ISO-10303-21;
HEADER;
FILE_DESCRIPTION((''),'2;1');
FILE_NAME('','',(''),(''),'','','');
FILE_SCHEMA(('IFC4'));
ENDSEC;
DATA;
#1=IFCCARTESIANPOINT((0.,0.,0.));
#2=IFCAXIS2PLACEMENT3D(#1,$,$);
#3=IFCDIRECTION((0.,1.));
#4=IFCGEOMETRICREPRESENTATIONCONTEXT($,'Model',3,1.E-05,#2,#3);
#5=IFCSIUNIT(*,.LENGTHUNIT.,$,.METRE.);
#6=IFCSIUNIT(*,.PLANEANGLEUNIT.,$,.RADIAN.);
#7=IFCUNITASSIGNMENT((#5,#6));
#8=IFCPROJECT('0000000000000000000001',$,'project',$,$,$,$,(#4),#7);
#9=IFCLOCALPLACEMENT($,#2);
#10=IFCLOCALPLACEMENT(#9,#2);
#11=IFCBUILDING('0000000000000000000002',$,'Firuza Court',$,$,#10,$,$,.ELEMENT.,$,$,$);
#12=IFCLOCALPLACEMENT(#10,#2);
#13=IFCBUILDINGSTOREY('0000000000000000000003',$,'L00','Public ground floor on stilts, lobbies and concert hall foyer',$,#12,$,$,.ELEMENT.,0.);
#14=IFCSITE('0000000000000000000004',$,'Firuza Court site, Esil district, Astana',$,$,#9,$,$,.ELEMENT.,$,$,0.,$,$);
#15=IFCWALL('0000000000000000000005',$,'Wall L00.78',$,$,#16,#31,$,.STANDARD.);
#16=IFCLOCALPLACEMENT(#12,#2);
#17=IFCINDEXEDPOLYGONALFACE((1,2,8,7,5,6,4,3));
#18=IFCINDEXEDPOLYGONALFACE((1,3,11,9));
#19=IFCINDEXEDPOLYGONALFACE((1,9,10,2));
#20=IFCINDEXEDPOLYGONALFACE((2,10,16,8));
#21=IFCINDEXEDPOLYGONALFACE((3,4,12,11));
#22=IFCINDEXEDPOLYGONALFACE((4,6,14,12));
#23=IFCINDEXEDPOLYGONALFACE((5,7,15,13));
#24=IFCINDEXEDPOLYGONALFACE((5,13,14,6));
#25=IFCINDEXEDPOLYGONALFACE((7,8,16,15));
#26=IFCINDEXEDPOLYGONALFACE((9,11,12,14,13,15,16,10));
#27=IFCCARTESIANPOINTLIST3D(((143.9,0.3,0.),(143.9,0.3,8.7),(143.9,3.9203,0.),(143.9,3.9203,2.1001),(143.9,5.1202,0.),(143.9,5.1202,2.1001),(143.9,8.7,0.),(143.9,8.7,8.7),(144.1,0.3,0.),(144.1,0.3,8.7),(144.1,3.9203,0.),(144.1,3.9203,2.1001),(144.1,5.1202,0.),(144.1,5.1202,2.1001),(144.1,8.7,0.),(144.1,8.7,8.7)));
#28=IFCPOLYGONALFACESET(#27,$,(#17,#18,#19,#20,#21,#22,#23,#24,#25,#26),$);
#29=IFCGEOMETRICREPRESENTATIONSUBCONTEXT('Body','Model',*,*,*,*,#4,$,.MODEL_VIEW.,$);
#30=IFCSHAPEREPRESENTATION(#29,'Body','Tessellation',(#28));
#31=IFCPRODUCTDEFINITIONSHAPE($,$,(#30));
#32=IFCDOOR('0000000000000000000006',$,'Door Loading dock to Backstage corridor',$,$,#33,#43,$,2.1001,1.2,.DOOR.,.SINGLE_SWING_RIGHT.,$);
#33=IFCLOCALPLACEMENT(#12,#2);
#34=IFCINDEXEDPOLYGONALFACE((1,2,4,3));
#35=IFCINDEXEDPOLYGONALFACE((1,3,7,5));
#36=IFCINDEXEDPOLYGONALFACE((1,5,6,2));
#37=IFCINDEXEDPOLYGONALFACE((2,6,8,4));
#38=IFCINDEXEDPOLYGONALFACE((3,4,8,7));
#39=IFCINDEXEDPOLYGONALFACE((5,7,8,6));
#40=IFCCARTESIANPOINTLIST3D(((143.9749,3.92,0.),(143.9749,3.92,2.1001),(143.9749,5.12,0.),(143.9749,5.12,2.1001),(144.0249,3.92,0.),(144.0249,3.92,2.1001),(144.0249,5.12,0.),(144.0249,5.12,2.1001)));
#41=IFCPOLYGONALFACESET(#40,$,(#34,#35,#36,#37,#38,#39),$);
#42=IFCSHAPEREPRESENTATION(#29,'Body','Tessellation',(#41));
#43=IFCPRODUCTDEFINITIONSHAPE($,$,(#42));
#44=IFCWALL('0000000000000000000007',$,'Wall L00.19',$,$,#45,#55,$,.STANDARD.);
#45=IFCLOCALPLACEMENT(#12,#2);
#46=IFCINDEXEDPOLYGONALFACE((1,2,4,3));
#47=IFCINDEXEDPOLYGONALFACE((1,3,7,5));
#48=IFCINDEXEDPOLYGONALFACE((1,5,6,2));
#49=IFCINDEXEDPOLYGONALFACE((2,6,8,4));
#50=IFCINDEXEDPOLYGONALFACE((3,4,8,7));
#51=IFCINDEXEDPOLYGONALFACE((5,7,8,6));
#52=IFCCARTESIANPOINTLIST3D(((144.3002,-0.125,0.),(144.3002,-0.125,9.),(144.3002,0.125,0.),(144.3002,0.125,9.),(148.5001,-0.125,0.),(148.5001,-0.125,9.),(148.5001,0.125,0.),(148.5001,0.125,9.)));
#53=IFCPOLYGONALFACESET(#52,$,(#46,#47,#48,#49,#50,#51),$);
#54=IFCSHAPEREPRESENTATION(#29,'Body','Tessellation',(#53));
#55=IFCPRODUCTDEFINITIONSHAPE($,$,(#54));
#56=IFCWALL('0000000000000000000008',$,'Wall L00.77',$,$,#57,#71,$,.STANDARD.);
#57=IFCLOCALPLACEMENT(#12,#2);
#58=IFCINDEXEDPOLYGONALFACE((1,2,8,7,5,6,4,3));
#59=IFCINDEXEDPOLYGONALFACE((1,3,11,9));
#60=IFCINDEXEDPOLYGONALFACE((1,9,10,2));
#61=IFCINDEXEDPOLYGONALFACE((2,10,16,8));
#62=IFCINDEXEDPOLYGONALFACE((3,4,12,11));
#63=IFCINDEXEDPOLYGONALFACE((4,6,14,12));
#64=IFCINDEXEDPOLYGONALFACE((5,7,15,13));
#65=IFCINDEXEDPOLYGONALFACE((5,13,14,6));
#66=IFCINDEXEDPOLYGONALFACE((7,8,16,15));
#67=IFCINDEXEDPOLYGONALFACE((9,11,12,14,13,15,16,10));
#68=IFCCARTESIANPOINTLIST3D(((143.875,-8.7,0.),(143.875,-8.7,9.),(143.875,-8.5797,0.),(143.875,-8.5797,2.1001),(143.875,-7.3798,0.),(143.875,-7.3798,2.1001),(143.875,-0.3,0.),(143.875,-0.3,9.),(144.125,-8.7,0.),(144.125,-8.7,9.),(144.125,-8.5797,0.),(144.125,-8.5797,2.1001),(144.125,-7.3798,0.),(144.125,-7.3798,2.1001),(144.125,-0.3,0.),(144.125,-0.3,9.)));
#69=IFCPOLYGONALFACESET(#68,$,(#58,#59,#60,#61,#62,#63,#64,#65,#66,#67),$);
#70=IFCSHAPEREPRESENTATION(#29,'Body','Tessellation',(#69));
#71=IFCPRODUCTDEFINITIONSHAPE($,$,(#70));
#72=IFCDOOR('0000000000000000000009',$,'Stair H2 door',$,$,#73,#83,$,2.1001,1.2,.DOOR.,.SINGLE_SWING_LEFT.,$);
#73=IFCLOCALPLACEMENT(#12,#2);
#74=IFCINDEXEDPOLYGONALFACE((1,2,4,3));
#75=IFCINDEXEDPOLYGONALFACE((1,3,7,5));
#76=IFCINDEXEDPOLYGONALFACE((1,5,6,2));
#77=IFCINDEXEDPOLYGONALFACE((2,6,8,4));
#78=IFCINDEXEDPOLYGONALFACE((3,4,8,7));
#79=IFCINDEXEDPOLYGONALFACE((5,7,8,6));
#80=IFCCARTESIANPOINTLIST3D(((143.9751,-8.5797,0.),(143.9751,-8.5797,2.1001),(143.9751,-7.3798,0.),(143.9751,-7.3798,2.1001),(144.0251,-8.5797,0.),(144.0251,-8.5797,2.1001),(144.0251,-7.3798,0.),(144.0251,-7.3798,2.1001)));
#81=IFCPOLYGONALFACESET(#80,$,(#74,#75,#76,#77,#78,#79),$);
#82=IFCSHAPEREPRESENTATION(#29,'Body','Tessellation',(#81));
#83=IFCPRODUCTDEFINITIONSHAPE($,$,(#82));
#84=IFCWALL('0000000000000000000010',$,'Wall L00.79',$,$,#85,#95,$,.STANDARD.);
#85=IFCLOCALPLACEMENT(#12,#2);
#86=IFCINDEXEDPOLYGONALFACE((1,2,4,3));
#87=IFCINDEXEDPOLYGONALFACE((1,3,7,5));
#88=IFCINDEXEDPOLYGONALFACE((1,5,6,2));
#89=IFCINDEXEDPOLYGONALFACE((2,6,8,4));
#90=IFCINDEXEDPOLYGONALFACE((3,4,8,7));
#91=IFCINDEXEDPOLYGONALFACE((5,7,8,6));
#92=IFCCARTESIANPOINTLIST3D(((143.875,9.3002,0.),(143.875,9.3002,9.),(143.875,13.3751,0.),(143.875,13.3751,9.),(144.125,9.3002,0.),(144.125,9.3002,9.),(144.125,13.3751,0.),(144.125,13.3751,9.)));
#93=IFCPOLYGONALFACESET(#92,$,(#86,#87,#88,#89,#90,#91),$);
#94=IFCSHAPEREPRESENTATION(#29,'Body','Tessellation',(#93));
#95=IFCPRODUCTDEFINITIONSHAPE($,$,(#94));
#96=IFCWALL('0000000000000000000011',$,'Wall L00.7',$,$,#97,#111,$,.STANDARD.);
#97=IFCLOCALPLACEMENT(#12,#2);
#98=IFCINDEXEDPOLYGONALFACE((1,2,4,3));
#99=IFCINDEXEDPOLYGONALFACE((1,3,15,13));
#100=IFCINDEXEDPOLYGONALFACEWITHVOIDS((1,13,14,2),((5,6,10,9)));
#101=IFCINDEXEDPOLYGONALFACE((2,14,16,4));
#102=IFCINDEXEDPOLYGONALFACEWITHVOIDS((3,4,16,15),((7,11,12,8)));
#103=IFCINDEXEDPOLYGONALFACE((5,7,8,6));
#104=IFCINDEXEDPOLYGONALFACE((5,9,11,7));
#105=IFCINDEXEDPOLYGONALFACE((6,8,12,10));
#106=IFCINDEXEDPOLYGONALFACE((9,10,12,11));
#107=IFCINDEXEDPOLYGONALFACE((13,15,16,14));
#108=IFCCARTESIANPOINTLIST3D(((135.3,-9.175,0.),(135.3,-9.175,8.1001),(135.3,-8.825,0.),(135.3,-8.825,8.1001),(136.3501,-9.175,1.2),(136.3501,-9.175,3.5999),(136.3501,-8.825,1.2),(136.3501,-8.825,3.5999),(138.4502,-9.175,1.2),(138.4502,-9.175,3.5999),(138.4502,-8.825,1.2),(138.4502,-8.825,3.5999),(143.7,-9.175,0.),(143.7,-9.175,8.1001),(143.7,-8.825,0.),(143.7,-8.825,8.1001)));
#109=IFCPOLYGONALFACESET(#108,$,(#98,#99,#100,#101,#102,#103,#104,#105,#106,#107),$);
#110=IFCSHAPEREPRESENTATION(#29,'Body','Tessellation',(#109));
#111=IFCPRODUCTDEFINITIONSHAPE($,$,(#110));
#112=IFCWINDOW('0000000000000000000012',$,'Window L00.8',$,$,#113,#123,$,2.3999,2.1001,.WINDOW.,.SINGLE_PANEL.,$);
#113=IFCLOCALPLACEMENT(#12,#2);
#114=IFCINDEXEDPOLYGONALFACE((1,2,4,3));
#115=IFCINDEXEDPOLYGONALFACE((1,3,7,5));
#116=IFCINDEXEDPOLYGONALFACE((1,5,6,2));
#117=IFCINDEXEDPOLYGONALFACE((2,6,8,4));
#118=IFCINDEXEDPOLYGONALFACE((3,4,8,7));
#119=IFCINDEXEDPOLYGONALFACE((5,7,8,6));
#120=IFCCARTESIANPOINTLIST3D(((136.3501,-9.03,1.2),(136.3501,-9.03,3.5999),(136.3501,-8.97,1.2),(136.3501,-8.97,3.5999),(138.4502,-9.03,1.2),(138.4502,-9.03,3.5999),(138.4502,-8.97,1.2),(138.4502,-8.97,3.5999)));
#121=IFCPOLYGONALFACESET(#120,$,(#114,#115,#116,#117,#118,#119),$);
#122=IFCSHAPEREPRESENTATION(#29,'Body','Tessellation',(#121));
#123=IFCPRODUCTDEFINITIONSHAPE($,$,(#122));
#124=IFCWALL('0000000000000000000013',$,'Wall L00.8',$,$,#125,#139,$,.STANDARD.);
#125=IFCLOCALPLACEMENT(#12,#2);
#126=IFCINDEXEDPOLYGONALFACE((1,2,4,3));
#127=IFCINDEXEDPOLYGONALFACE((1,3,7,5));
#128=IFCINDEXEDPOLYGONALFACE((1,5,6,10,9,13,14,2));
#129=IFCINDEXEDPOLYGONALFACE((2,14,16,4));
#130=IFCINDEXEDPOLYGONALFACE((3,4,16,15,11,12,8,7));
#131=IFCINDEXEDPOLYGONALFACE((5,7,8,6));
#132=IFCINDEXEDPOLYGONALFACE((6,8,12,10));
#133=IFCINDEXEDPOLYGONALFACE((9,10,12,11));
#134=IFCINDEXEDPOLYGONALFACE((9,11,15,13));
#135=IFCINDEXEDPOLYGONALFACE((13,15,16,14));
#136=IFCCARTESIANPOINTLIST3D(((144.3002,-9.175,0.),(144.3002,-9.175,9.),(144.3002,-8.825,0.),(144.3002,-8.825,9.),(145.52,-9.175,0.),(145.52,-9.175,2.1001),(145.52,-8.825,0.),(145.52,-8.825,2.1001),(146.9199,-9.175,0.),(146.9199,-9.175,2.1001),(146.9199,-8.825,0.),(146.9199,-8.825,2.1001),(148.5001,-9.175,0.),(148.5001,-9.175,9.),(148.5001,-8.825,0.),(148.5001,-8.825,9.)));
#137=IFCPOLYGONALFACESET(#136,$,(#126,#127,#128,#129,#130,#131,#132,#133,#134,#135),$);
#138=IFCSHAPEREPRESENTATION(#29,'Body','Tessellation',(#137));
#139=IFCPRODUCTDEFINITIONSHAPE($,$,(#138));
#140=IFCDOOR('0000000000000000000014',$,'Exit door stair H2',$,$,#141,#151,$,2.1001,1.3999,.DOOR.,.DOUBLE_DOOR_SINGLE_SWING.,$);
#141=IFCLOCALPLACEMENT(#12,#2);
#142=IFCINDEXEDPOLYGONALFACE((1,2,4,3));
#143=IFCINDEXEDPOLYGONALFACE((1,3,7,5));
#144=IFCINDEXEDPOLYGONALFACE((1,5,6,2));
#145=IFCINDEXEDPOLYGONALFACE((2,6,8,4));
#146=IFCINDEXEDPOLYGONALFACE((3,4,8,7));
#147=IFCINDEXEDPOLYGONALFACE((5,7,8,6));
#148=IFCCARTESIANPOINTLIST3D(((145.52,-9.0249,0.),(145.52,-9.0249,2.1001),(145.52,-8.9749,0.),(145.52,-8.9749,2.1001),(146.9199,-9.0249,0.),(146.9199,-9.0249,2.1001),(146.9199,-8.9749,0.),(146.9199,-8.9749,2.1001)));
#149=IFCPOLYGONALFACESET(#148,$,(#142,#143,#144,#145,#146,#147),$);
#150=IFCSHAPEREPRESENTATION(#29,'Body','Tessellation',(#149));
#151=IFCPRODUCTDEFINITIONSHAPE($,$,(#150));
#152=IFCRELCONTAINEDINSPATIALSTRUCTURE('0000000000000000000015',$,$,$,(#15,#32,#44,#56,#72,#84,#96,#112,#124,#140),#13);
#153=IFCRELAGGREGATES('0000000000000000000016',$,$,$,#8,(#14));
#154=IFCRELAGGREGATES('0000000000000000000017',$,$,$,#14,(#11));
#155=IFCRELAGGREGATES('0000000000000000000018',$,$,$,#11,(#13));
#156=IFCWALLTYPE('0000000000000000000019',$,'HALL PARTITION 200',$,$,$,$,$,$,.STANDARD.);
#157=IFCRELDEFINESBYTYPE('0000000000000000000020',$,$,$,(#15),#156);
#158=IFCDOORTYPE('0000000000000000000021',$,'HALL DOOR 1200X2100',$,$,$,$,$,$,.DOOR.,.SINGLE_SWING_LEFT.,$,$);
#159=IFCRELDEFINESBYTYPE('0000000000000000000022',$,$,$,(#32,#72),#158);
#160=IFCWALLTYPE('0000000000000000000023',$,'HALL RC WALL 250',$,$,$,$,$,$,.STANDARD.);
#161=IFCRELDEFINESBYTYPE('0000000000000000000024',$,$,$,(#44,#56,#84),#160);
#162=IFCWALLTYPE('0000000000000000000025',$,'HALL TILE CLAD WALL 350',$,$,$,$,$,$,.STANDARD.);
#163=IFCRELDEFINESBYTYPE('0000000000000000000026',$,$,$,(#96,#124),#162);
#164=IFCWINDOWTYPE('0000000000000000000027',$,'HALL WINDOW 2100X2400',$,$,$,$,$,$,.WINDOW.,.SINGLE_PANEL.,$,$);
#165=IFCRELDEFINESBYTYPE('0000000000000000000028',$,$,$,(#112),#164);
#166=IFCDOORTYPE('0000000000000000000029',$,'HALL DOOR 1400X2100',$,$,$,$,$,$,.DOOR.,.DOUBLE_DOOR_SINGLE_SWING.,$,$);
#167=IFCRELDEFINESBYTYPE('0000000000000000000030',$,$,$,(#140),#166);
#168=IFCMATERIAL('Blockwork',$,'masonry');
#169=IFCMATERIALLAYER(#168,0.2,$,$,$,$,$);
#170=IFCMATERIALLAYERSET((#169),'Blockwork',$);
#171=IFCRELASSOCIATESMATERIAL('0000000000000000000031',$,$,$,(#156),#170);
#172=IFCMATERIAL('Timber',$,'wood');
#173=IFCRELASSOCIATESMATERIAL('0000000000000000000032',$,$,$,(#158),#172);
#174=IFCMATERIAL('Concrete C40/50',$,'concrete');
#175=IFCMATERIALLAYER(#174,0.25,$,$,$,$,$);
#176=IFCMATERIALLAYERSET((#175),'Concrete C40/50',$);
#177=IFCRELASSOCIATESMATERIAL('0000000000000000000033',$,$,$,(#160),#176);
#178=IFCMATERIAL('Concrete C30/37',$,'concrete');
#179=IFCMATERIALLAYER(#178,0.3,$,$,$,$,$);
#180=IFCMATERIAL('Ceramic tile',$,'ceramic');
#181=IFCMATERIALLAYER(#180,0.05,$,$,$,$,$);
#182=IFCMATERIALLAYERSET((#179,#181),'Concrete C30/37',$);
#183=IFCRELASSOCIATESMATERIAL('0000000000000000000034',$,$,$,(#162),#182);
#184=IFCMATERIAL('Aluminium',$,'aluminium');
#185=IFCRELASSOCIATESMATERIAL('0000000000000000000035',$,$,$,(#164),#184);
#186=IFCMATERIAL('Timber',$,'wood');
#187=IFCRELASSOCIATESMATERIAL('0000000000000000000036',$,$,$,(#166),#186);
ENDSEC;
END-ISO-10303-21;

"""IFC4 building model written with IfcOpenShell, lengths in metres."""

from ifc_helpers import new_model, si_unit, direction, frame, frame_2d, origin, place, context, subcontext, project, spatial, rectangle, extrude, material, layer, layer_set, type_object, element, fill, save


model = new_model("IFC4")

# Units and contexts
model_context = context("Model", 3, precision=1e-05, world=origin(), true_north=direction((0.0, 1.0)))
body_context = subcontext(model_context, "Body", "Model", "MODEL_VIEW")
ifc_project = project(units=[si_unit("LENGTHUNIT", "METRE"), si_unit("PLANEANGLEUNIT", "RADIAN")], contexts=[model_context])

# Site, building, storey
site_placement = place(None, origin())
site = spatial("IfcSite", under=ifc_project, at=site_placement, Name="Firuza Court site, Esil district, Astana", CompositionType="ELEMENT", RefElevation=0.0)
building_placement = place(site_placement, origin())
building = spatial("IfcBuilding", under=site, at=building_placement, Name="Firuza Court", CompositionType="ELEMENT")
storey_placement = place(building_placement, origin())
storey = spatial("IfcBuildingStorey", under=building, at=storey_placement, Name="L00", Description="Public ground floor on stilts, lobbies and concert hall foyer", CompositionType="ELEMENT", Elevation=0.0)

# Shared definitions
ifc_material_1 = material(Name="Blockwork", Category="masonry")
ifc_layer_1 = layer(ifc_material_1, 0.2)
ifc_layer_set_1 = layer_set([ifc_layer_1], Name="Blockwork")
wall_type_1 = type_object("IfcWallType", Name="HALL PARTITION 200", PredefinedType="STANDARD", material=ifc_layer_set_1)

# Wall, opening, door
wall_1_placement = place(storey_placement, frame((144.0, 0.3, 0.0), z_axis=(0.0, 0.0, 1.0), x_axis=(0.0, 1.0, 0.0)))
wall_1 = element("IfcWall", 1, at=wall_1_placement, inside=storey, type_object=wall_type_1, Name="Wall L00.78", PredefinedType="STANDARD", context=body_context, shape_type="SweptSolid", body=[
    extrude(rectangle(XDim=8.3999, YDim=0.2, at=frame_2d((4.2, 0.0))), origin(), (0.0, 0.0, 1.0), 8.7),
])
opening_1_placement = place(wall_1_placement, frame((3.6201, 0.0, 0.0)))
opening_1 = element("IfcOpeningElement", 2, at=opening_1_placement, cuts=wall_1, PredefinedType="OPENING", context=body_context, shape_type="SweptSolid", body=[
    extrude(rectangle(XDim=1.2, YDim=2.1001, at=frame_2d((0.6001, 1.05))), frame((0.0, 0.1118, 0.0), z_axis=(0.0, -1.0, 0.0), x_axis=(1.0, 0.0, 0.0)), (0.0, 0.0, 1.0), 0.2239),
])
ifc_material_2 = material(Name="Timber", Category="wood")
door_type_1 = type_object("IfcDoorType", Name="HALL DOOR 1200X2100", OperationType="SINGLE_SWING_LEFT", PredefinedType="DOOR", material=ifc_material_2)
door_1_placement = place(opening_1_placement, frame((1.2, 0.0, 0.0), z_axis=(0.0, 0.0, 1.0), x_axis=(-1.0, 0.0, 0.0)))
door_1 = element("IfcDoor", 3, at=door_1_placement, inside=storey, type_object=door_type_1, Name="Door Loading dock to Backstage corridor", OperationType="SINGLE_SWING_RIGHT", OverallHeight=2.1001, OverallWidth=1.2, PredefinedType="DOOR", context=body_context, shape_type="SweptSolid", body=[
    extrude(rectangle(XDim=1.2, YDim=2.1001, at=frame_2d((0.6001, 1.05))), frame((0.0, 0.0249, 0.0), z_axis=(0.0, -1.0, 0.0), x_axis=(1.0, 0.0, 0.0)), (0.0, 0.0, 1.0), 0.05),
])
fill(opening_1, door_1)

# Wall
ifc_material_3 = material(Name="Concrete C40/50", Category="concrete")
ifc_layer_2 = layer(ifc_material_3, 0.25)
ifc_layer_set_2 = layer_set([ifc_layer_2], Name="Concrete C40/50")
wall_type_2 = type_object("IfcWallType", Name="HALL RC WALL 250", PredefinedType="STANDARD", material=ifc_layer_set_2)
wall_2_placement = place(storey_placement, frame((144.3, 0.0, 0.0), z_axis=(0.0, 0.0, 1.0), x_axis=(1.0, 0.0, 0.0)))
element("IfcWall", 4, at=wall_2_placement, inside=storey, type_object=wall_type_2, Name="Wall L00.19", PredefinedType="STANDARD", context=body_context, shape_type="SweptSolid", body=[
    extrude(rectangle(XDim=4.2, YDim=0.25, at=frame_2d((2.1001, 0.0))), origin(), (0.0, 0.0, 1.0), 9.0),
])

# Wall, opening, door
wall_3_placement = place(storey_placement, frame((144.0, -8.7, 0.0), z_axis=(0.0, 0.0, 1.0), x_axis=(0.0, 1.0, 0.0)))
wall_3 = element("IfcWall", 5, at=wall_3_placement, inside=storey, type_object=wall_type_2, Name="Wall L00.77", PredefinedType="STANDARD", context=body_context, shape_type="SweptSolid", body=[
    extrude(rectangle(XDim=8.3999, YDim=0.25, at=frame_2d((4.2, 0.0))), origin(), (0.0, 0.0, 1.0), 9.0),
])
opening_2_placement = place(wall_3_placement, frame((0.1201, 0.0, 0.0)))
opening_2 = element("IfcOpeningElement", 6, at=opening_2_placement, cuts=wall_3, PredefinedType="OPENING", context=body_context, shape_type="SweptSolid", body=[
    extrude(rectangle(XDim=1.2, YDim=2.1001, at=frame_2d((0.6001, 1.05))), frame((0.0, 0.137, 0.0), z_axis=(0.0, -1.0, 0.0), x_axis=(1.0, 0.0, 0.0)), (0.0, 0.0, 1.0), 0.2739),
])
door_2_placement = place(opening_2_placement, origin())
door_2 = element("IfcDoor", 7, at=door_2_placement, inside=storey, type_object=door_type_1, Name="Stair H2 door", OperationType="SINGLE_SWING_LEFT", OverallHeight=2.1001, OverallWidth=1.2, PredefinedType="DOOR", context=body_context, shape_type="SweptSolid", body=[
    extrude(rectangle(XDim=1.2, YDim=2.1001, at=frame_2d((0.6001, 1.05))), frame((0.0, 0.0249, 0.0), z_axis=(0.0, -1.0, 0.0), x_axis=(1.0, 0.0, 0.0)), (0.0, 0.0, 1.0), 0.05),
])
fill(opening_2, door_2)

# Wall
wall_4_placement = place(storey_placement, frame((144.0, 9.3, 0.0), z_axis=(0.0, 0.0, 1.0), x_axis=(0.0, 1.0, 0.0)))
element("IfcWall", 8, at=wall_4_placement, inside=storey, type_object=wall_type_2, Name="Wall L00.79", PredefinedType="STANDARD", context=body_context, shape_type="SweptSolid", body=[
    extrude(rectangle(XDim=4.075, YDim=0.25, at=frame_2d((2.0376, 0.0))), origin(), (0.0, 0.0, 1.0), 9.0),
])

# Wall, opening, window
ifc_material_4 = material(Name="Concrete C30/37", Category="concrete")
ifc_layer_3 = layer(ifc_material_4, 0.3)
ifc_material_5 = material(Name="Ceramic tile", Category="ceramic")
ifc_layer_4 = layer(ifc_material_5, 0.05)
ifc_layer_set_3 = layer_set([ifc_layer_3, ifc_layer_4], Name="Concrete C30/37")
wall_type_3 = type_object("IfcWallType", Name="HALL TILE CLAD WALL 350", PredefinedType="STANDARD", material=ifc_layer_set_3)
wall_5_placement = place(storey_placement, frame((135.3, -9.0, 0.0), z_axis=(0.0, 0.0, 1.0), x_axis=(1.0, 0.0, 0.0)))
wall_5 = element("IfcWall", 9, at=wall_5_placement, inside=storey, type_object=wall_type_3, Name="Wall L00.7", PredefinedType="STANDARD", context=body_context, shape_type="SweptSolid", body=[
    extrude(rectangle(XDim=8.3999, YDim=0.3501, at=frame_2d((4.2, 0.0))), origin(), (0.0, 0.0, 1.0), 8.1001),
])
opening_3_placement = place(wall_5_placement, frame((1.05, 0.0, 1.2)))
opening_3 = element("IfcOpeningElement", 10, at=opening_3_placement, cuts=wall_5, PredefinedType="OPENING", context=body_context, shape_type="SweptSolid", body=[
    extrude(rectangle(XDim=2.1001, YDim=2.3999, at=frame_2d((1.05, 1.2))), frame((0.0, 0.187, 0.0), z_axis=(0.0, -1.0, 0.0), x_axis=(1.0, 0.0, 0.0)), (0.0, 0.0, 1.0), 0.374),
])
ifc_material_6 = material(Name="Aluminium", Category="aluminium")
window_type = type_object("IfcWindowType", Name="HALL WINDOW 2100X2400", PartitioningType="SINGLE_PANEL", PredefinedType="WINDOW", material=ifc_material_6)
window_placement = place(opening_3_placement, origin())
window = element("IfcWindow", 11, at=window_placement, inside=storey, type_object=window_type, Name="Window L00.8", OverallHeight=2.3999, OverallWidth=2.1001, PartitioningType="SINGLE_PANEL", PredefinedType="WINDOW", context=body_context, shape_type="SweptSolid", body=[
    extrude(rectangle(XDim=2.1001, YDim=2.3999, at=frame_2d((1.05, 1.2))), frame((0.0, 0.03, 0.0), z_axis=(0.0, -1.0, 0.0), x_axis=(1.0, 0.0, 0.0)), (0.0, 0.0, 1.0), 0.0601),
])
fill(opening_3, window)

# Wall, opening, door
wall_6_placement = place(storey_placement, frame((144.3, -9.0, 0.0), z_axis=(0.0, 0.0, 1.0), x_axis=(1.0, 0.0, 0.0)))
wall_6 = element("IfcWall", 12, at=wall_6_placement, inside=storey, type_object=wall_type_3, Name="Wall L00.8", PredefinedType="STANDARD", context=body_context, shape_type="SweptSolid", body=[
    extrude(rectangle(XDim=4.2, YDim=0.3501, at=frame_2d((2.1001, 0.0))), origin(), (0.0, 0.0, 1.0), 9.0),
])
opening_4_placement = place(wall_6_placement, frame((1.22, 0.0, 0.0)))
opening_4 = element("IfcOpeningElement", 13, at=opening_4_placement, cuts=wall_6, PredefinedType="OPENING", context=body_context, shape_type="SweptSolid", body=[
    extrude(rectangle(XDim=1.3999, YDim=2.1001, at=frame_2d((0.7, 1.05))), frame((0.0, 0.187, 0.0), z_axis=(0.0, -1.0, 0.0), x_axis=(1.0, 0.0, 0.0)), (0.0, 0.0, 1.0), 0.374),
])
ifc_material_7 = material(Name="Timber", Category="wood")
door_type_2 = type_object("IfcDoorType", Name="HALL DOOR 1400X2100", OperationType="DOUBLE_DOOR_SINGLE_SWING", PredefinedType="DOOR", material=ifc_material_7)
door_3_placement = place(opening_4_placement, frame((1.3999, 0.0, 0.0), z_axis=(0.0, 0.0, 1.0), x_axis=(-1.0, 0.0, 0.0)))
door_3 = element("IfcDoor", 14, at=door_3_placement, inside=storey, type_object=door_type_2, Name="Exit door stair H2", OperationType="DOUBLE_DOOR_SINGLE_SWING", OverallHeight=2.1001, OverallWidth=1.3999, PredefinedType="DOOR", context=body_context, shape_type="SweptSolid", body=[
    extrude(rectangle(XDim=1.3999, YDim=2.1001, at=frame_2d((0.7, 1.05))), frame((0.0, 0.0249, 0.0), z_axis=(0.0, -1.0, 0.0), x_axis=(1.0, 0.0, 0.0)), (0.0, 0.0, 1.0), 0.05),
])
fill(opening_4, door_3)

save(model, "model.ifc")
